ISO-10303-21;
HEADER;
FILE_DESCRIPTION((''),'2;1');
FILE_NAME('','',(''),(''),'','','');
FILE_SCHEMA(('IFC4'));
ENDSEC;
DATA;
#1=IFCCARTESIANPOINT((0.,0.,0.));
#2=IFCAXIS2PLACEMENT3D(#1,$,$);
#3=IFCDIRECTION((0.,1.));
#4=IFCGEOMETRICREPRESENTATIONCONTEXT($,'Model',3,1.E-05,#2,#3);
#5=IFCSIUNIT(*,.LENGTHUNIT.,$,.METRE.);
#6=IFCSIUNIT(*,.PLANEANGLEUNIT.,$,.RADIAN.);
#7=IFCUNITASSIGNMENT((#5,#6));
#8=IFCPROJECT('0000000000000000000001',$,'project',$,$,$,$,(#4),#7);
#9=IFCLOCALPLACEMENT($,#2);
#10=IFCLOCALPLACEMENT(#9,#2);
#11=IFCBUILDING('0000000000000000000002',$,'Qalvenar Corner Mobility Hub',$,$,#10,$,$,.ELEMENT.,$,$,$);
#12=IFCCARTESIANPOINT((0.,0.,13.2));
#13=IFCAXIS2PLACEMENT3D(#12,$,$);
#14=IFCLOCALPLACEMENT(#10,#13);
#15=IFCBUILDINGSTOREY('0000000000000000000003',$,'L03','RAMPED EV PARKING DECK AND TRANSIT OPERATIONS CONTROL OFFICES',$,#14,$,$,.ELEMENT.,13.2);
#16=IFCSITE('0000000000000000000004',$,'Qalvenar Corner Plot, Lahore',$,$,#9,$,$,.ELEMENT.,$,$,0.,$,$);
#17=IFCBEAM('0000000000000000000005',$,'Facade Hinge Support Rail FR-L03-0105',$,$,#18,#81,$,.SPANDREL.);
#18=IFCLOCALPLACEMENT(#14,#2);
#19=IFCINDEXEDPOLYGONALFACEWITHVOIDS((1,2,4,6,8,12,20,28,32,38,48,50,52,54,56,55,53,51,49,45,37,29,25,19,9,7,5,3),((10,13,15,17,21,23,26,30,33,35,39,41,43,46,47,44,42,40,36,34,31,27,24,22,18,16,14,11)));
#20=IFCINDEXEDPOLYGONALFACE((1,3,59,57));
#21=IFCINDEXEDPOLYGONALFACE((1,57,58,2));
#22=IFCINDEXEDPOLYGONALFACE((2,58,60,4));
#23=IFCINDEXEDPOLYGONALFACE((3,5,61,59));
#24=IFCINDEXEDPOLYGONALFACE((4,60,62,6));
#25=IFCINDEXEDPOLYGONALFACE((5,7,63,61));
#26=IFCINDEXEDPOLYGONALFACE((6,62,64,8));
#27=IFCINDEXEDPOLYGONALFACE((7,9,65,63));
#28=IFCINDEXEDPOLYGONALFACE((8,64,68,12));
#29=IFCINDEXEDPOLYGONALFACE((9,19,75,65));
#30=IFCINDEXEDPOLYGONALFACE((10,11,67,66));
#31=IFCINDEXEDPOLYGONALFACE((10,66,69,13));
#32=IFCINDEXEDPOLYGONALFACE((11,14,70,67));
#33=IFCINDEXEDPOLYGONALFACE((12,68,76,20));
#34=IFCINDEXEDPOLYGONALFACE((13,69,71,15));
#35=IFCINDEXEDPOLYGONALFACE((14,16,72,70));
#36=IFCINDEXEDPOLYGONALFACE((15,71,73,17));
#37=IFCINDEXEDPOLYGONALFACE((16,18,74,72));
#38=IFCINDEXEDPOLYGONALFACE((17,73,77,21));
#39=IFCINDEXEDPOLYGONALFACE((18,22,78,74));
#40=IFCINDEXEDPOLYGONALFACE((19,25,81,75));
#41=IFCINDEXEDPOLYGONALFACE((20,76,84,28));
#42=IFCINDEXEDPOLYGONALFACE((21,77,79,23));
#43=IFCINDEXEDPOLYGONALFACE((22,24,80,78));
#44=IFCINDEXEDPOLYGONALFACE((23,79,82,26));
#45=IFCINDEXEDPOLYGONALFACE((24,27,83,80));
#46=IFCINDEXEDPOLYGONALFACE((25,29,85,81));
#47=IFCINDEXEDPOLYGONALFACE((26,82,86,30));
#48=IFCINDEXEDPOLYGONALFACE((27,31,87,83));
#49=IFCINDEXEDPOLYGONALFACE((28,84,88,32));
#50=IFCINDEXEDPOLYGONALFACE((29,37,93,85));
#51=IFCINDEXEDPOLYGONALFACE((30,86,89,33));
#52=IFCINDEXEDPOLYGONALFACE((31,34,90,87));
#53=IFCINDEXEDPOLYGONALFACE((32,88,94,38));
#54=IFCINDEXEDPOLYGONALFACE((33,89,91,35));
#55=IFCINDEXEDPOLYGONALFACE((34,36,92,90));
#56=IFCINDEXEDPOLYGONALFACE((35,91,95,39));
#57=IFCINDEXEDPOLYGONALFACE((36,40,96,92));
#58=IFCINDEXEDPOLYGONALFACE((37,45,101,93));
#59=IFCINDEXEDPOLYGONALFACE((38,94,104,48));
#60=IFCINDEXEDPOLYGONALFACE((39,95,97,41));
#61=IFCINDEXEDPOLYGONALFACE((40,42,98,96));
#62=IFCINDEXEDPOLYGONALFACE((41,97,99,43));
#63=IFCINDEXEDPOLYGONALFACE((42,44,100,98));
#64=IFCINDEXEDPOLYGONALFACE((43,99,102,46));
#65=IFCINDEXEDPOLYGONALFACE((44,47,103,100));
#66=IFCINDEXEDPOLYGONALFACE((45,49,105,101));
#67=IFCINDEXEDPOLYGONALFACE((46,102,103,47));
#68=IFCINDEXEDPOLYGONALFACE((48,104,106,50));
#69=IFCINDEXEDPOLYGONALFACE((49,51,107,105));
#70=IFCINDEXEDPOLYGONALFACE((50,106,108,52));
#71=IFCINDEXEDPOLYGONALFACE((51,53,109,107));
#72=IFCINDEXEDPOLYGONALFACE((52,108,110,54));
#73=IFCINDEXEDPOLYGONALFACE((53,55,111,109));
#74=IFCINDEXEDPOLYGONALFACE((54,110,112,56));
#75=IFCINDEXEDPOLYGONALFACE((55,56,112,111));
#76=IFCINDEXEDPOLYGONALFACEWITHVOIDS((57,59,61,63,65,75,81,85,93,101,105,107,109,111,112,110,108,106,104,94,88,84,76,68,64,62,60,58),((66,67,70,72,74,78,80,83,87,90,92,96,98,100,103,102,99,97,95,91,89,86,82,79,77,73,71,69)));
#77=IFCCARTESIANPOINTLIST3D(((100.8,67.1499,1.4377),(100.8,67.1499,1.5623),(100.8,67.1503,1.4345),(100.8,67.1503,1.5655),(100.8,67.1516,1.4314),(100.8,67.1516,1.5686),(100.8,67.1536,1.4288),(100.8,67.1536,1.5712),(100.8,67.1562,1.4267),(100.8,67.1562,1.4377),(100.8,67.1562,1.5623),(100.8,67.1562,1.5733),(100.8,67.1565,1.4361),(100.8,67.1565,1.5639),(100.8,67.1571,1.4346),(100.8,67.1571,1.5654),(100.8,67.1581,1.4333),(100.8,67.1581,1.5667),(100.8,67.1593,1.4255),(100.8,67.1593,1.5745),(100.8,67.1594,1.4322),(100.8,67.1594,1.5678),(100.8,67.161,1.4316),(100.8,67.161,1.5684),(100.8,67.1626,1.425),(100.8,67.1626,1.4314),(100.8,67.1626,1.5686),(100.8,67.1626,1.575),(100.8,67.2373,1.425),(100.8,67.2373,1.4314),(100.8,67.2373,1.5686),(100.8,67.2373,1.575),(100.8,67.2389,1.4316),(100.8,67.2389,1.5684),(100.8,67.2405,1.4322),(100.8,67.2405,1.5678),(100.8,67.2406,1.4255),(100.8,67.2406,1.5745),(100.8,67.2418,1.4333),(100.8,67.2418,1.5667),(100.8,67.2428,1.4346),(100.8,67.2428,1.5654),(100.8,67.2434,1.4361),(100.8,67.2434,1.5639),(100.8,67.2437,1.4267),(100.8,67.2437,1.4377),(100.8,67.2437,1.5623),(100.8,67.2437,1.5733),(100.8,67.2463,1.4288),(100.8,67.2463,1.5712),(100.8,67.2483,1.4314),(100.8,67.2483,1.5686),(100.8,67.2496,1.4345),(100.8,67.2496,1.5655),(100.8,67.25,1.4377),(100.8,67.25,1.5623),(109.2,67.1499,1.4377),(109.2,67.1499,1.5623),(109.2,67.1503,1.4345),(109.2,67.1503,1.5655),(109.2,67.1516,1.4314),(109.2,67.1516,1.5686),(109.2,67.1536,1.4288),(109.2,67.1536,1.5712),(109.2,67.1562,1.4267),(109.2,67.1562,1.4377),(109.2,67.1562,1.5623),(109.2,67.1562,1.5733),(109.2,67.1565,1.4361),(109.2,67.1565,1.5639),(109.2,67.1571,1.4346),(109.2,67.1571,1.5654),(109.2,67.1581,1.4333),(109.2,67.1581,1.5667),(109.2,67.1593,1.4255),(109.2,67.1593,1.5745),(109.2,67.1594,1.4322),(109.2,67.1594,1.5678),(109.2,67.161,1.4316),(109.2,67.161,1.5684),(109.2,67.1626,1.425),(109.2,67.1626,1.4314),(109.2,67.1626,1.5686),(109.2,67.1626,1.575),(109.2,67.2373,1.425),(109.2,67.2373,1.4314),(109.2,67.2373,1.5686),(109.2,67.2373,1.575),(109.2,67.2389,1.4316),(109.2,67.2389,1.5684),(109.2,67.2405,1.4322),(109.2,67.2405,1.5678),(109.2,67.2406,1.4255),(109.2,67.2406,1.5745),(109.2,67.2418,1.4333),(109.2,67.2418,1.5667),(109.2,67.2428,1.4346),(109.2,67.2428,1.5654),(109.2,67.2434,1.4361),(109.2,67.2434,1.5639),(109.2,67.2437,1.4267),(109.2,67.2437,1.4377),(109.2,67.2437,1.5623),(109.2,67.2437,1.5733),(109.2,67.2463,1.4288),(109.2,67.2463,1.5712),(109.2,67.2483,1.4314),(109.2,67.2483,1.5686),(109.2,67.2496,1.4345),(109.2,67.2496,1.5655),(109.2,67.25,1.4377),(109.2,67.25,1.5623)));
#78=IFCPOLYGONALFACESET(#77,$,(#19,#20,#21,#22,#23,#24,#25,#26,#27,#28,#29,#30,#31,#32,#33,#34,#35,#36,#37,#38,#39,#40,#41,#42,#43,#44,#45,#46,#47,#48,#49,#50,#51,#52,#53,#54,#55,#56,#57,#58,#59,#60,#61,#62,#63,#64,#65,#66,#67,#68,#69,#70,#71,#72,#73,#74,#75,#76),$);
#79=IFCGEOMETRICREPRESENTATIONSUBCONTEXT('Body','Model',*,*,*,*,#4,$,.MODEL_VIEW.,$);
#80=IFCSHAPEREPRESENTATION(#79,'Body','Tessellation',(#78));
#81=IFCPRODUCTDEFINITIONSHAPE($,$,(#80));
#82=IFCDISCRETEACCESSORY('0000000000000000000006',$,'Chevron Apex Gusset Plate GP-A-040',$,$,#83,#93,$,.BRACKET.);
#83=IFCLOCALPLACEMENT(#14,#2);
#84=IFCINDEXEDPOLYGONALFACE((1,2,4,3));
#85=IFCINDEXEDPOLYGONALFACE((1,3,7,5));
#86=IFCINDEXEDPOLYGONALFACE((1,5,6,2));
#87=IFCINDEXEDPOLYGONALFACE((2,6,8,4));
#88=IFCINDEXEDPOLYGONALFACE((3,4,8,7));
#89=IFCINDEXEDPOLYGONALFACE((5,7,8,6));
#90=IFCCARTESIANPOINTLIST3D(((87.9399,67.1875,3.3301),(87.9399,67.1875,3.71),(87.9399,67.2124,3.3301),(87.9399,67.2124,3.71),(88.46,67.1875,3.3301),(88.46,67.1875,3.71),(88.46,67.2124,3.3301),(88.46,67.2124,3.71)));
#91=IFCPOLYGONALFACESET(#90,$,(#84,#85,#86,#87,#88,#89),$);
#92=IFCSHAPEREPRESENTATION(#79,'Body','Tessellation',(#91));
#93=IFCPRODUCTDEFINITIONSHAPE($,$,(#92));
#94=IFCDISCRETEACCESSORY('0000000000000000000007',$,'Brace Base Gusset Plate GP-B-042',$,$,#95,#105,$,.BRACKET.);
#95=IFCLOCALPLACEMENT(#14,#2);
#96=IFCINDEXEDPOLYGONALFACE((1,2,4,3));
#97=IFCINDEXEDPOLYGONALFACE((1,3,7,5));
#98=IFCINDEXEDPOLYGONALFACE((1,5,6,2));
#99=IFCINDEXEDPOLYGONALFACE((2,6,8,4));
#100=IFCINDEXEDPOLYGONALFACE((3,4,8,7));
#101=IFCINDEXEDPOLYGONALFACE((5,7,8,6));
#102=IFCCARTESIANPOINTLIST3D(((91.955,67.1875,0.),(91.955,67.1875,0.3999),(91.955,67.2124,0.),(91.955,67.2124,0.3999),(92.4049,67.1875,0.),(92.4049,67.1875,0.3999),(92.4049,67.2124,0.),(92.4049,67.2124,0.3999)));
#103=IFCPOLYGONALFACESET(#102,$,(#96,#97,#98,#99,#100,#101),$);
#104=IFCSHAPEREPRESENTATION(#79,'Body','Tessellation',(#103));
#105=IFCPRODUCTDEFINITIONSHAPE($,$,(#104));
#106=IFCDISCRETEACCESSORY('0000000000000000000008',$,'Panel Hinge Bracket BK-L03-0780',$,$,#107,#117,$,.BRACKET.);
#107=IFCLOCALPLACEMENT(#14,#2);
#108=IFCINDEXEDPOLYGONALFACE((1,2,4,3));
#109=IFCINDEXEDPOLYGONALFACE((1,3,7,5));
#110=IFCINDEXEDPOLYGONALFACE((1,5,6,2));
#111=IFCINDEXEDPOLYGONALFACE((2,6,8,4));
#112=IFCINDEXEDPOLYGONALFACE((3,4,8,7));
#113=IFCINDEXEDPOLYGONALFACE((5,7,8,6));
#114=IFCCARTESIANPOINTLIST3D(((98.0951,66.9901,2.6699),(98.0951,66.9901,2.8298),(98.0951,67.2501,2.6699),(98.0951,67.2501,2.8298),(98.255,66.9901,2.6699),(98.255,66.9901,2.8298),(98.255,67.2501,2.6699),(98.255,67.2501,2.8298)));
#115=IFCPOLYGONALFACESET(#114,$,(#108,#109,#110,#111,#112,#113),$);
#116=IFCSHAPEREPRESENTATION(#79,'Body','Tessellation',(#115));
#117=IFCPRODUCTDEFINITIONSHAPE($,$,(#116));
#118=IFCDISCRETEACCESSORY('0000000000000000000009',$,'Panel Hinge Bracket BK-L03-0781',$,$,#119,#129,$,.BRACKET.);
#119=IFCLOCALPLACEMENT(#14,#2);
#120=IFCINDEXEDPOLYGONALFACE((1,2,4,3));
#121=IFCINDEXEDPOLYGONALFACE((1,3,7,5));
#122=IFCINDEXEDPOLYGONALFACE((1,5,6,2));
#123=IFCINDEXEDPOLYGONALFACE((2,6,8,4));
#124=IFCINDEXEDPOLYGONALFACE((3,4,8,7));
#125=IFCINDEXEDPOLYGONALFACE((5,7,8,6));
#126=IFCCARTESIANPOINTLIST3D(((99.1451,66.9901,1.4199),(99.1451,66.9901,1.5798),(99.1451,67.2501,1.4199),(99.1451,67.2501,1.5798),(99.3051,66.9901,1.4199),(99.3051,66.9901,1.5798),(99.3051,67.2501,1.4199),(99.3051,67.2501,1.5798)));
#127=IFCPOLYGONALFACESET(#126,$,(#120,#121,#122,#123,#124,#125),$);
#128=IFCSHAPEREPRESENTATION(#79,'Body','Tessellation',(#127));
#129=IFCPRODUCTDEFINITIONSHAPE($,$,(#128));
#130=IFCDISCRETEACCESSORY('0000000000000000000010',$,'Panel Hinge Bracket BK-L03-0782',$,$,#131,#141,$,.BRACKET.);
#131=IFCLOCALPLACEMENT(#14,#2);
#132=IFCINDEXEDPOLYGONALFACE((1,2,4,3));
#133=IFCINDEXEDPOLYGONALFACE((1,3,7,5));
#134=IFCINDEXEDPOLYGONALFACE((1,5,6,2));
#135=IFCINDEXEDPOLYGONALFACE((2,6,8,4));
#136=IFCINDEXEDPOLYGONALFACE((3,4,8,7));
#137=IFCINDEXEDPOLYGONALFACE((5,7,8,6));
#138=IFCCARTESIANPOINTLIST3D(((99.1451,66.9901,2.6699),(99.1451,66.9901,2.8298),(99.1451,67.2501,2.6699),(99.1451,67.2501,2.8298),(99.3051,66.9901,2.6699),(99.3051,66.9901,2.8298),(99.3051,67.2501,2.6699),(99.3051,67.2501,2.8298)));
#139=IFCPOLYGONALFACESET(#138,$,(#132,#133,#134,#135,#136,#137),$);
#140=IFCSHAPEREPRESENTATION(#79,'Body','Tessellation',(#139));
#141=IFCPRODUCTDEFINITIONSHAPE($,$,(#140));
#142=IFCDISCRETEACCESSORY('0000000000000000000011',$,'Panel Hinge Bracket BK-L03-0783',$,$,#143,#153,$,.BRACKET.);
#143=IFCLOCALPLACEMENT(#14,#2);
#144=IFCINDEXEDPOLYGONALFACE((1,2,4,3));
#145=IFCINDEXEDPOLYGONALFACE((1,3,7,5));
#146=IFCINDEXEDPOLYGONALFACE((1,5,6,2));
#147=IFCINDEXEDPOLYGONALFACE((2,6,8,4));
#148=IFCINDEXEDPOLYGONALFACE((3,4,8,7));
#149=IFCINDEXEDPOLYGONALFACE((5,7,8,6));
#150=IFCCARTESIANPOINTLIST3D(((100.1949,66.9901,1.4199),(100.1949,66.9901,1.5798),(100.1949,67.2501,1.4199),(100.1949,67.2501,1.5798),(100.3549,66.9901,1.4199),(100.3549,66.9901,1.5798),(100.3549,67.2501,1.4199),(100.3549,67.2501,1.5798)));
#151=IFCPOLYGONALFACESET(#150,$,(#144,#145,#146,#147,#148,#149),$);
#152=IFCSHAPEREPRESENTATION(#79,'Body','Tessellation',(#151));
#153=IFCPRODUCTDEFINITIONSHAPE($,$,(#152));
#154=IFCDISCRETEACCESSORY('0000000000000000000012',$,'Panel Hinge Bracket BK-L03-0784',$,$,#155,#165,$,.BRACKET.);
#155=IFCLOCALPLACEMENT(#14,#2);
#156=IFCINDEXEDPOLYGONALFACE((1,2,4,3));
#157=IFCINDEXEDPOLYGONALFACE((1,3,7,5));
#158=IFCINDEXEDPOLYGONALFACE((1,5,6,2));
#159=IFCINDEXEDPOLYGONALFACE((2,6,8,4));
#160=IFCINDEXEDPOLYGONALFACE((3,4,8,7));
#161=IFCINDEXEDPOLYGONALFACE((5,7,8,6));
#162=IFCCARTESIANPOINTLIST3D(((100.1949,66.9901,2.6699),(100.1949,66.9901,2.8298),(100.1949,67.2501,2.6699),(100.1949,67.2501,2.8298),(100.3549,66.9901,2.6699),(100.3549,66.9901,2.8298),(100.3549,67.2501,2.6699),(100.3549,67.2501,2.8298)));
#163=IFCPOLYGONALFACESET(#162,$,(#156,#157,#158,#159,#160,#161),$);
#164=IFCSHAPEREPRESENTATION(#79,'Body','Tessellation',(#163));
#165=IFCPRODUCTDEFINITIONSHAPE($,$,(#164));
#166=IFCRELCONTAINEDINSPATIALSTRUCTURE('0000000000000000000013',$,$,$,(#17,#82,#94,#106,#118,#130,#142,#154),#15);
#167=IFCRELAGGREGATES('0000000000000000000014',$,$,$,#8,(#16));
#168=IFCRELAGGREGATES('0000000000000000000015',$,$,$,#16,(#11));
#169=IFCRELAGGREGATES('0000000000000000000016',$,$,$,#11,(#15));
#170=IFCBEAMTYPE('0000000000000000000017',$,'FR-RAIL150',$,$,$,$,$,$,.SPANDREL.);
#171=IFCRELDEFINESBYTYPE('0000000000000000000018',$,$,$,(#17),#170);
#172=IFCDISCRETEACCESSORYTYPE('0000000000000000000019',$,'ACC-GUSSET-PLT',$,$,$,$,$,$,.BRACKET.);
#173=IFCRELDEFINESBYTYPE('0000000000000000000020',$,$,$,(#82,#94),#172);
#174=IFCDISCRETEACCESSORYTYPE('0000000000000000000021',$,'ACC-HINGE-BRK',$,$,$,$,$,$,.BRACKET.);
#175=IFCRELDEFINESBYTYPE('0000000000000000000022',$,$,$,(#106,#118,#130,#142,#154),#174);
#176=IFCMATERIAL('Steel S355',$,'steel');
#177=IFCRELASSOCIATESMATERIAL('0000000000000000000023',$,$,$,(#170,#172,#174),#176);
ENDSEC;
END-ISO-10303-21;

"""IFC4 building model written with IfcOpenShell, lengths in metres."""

from ifc_helpers import new_model, si_unit, direction, frame, origin, origin_2d, place, context, subcontext, project, spatial, rectangle, hollow_rectangle, extrude, material, material_profile, profile_set, type_object, element, save


model = new_model("IFC4")

# Units and contexts
model_context = context("Model", 3, precision=1e-05, world=origin(), true_north=direction((0.0, 1.0)))
body_context = subcontext(model_context, "Body", "Model", "MODEL_VIEW")
ifc_project = project(units=[si_unit("LENGTHUNIT", "METRE"), si_unit("PLANEANGLEUNIT", "RADIAN")], contexts=[model_context])

# Site, building, storey
site_placement = place(None, origin())
site = spatial("IfcSite", under=ifc_project, at=site_placement, Name="Qalvenar Corner Plot, Lahore", CompositionType="ELEMENT", RefElevation=0.0)
building_placement = place(site_placement, origin())
building = spatial("IfcBuilding", under=site, at=building_placement, Name="Qalvenar Corner Mobility Hub", CompositionType="ELEMENT")
storey_placement = place(building_placement, frame((0.0, 0.0, 13.2)))
storey = spatial("IfcBuildingStorey", under=building, at=storey_placement, Name="L03", Description="RAMPED EV PARKING DECK AND TRANSIT OPERATIONS CONTROL OFFICES", CompositionType="ELEMENT", Elevation=13.2)

# Shared definitions
ifc_material = material(Name="Steel S355", Category="steel")

# Beam
ifc_material_profile_1 = material_profile(ifc_material, hollow_rectangle(XDim=0.1001, YDim=0.1499, WallThickness=0.0063, InnerFilletRadius=0.0063, OuterFilletRadius=0.0127, at=origin_2d()), Name="RHS150x100x6.3")
ifc_profile_set_1 = profile_set([ifc_material_profile_1], Name="Steel S355")
beam_type_1 = type_object("IfcBeamType", Name="FR-RAIL150", PredefinedType="SPANDREL", material=ifc_profile_set_1)
beam_1_placement = place(storey_placement, frame((100.8, 67.2, 1.5), z_axis=(1.0, 0.0, 0.0), x_axis=(0.0, 1.0, 0.0)))
element("IfcBeam", 1, at=beam_1_placement, inside=storey, type_object=beam_type_1, Name="Facade Hinge Support Rail FR-L03-0105", PredefinedType="SPANDREL", context=body_context, shape_type="SweptSolid", body=[
    extrude(hollow_rectangle(XDim=0.1001, YDim=0.1499, WallThickness=0.0063, InnerFilletRadius=0.0063, OuterFilletRadius=0.0127, at=origin_2d()), origin(), (0.0, 0.0, 1.0), 8.3999),
])

# Discrete accessories
discrete_accessory_type_1 = type_object("IfcDiscreteAccessoryType", Name="ACC-GUSSET-PLT", PredefinedType="BRACKET", material=ifc_material)
discrete_accessory_1_placement = place(storey_placement, frame((88.2, 67.2, 3.3301), z_axis=(0.0, 0.0, 1.0), x_axis=(1.0, 0.0, 0.0)))
element("IfcDiscreteAccessory", 2, at=discrete_accessory_1_placement, inside=storey, type_object=discrete_accessory_type_1, Name="Chevron Apex Gusset Plate GP-A-040", PredefinedType="BRACKET", context=body_context, shape_type="SweptSolid", body=[
    extrude(rectangle(XDim=0.52, YDim=0.0249, at=origin_2d()), origin(), (0.0, 0.0, 1.0), 0.3799),
])
discrete_accessory_2_placement = place(storey_placement, frame((92.1799, 67.2, 0.0), z_axis=(0.0, 0.0, 1.0), x_axis=(1.0, 0.0, 0.0)))
element("IfcDiscreteAccessory", 3, at=discrete_accessory_2_placement, inside=storey, type_object=discrete_accessory_type_1, Name="Brace Base Gusset Plate GP-B-042", PredefinedType="BRACKET", context=body_context, shape_type="SweptSolid", body=[
    extrude(rectangle(XDim=0.45, YDim=0.0249, at=origin_2d()), origin(), (0.0, 0.0, 1.0), 0.3999),
])
discrete_accessory_type_2 = type_object("IfcDiscreteAccessoryType", Name="ACC-HINGE-BRK", PredefinedType="BRACKET", material=ifc_material)
for number, where, z_axis, x_axis, name in (
    (4, (98.175, 67.1201, 2.6699), (0.0, 0.0, 1.0), (1.0, 0.0, 0.0), "Panel Hinge Bracket BK-L03-0780"),
    (5, (99.2251, 67.1201, 1.4199), (0.0, 0.0, 1.0), (1.0, 0.0, 0.0), "Panel Hinge Bracket BK-L03-0781"),
    (6, (99.2251, 67.1201, 2.6699), (0.0, 0.0, 1.0), (1.0, 0.0, 0.0), "Panel Hinge Bracket BK-L03-0782"),
    (7, (100.2749, 67.1201, 1.4199), (0.0, 0.0, 1.0), (1.0, 0.0, 0.0), "Panel Hinge Bracket BK-L03-0783"),
    (8, (100.2749, 67.1201, 2.6699), (0.0, 0.0, 1.0), (1.0, 0.0, 0.0), "Panel Hinge Bracket BK-L03-0784"),
):
    element("IfcDiscreteAccessory", number, at=place(storey_placement, frame(where, z_axis=z_axis, x_axis=x_axis)), inside=storey, type_object=discrete_accessory_type_2, Name=name, PredefinedType="BRACKET", context=body_context, shape_type="SweptSolid", body=[
        extrude(rectangle(XDim=0.1599, YDim=0.26, at=origin_2d()), origin(), (0.0, 0.0, 1.0), 0.1599),
    ])

save(model, "model.ifc")
